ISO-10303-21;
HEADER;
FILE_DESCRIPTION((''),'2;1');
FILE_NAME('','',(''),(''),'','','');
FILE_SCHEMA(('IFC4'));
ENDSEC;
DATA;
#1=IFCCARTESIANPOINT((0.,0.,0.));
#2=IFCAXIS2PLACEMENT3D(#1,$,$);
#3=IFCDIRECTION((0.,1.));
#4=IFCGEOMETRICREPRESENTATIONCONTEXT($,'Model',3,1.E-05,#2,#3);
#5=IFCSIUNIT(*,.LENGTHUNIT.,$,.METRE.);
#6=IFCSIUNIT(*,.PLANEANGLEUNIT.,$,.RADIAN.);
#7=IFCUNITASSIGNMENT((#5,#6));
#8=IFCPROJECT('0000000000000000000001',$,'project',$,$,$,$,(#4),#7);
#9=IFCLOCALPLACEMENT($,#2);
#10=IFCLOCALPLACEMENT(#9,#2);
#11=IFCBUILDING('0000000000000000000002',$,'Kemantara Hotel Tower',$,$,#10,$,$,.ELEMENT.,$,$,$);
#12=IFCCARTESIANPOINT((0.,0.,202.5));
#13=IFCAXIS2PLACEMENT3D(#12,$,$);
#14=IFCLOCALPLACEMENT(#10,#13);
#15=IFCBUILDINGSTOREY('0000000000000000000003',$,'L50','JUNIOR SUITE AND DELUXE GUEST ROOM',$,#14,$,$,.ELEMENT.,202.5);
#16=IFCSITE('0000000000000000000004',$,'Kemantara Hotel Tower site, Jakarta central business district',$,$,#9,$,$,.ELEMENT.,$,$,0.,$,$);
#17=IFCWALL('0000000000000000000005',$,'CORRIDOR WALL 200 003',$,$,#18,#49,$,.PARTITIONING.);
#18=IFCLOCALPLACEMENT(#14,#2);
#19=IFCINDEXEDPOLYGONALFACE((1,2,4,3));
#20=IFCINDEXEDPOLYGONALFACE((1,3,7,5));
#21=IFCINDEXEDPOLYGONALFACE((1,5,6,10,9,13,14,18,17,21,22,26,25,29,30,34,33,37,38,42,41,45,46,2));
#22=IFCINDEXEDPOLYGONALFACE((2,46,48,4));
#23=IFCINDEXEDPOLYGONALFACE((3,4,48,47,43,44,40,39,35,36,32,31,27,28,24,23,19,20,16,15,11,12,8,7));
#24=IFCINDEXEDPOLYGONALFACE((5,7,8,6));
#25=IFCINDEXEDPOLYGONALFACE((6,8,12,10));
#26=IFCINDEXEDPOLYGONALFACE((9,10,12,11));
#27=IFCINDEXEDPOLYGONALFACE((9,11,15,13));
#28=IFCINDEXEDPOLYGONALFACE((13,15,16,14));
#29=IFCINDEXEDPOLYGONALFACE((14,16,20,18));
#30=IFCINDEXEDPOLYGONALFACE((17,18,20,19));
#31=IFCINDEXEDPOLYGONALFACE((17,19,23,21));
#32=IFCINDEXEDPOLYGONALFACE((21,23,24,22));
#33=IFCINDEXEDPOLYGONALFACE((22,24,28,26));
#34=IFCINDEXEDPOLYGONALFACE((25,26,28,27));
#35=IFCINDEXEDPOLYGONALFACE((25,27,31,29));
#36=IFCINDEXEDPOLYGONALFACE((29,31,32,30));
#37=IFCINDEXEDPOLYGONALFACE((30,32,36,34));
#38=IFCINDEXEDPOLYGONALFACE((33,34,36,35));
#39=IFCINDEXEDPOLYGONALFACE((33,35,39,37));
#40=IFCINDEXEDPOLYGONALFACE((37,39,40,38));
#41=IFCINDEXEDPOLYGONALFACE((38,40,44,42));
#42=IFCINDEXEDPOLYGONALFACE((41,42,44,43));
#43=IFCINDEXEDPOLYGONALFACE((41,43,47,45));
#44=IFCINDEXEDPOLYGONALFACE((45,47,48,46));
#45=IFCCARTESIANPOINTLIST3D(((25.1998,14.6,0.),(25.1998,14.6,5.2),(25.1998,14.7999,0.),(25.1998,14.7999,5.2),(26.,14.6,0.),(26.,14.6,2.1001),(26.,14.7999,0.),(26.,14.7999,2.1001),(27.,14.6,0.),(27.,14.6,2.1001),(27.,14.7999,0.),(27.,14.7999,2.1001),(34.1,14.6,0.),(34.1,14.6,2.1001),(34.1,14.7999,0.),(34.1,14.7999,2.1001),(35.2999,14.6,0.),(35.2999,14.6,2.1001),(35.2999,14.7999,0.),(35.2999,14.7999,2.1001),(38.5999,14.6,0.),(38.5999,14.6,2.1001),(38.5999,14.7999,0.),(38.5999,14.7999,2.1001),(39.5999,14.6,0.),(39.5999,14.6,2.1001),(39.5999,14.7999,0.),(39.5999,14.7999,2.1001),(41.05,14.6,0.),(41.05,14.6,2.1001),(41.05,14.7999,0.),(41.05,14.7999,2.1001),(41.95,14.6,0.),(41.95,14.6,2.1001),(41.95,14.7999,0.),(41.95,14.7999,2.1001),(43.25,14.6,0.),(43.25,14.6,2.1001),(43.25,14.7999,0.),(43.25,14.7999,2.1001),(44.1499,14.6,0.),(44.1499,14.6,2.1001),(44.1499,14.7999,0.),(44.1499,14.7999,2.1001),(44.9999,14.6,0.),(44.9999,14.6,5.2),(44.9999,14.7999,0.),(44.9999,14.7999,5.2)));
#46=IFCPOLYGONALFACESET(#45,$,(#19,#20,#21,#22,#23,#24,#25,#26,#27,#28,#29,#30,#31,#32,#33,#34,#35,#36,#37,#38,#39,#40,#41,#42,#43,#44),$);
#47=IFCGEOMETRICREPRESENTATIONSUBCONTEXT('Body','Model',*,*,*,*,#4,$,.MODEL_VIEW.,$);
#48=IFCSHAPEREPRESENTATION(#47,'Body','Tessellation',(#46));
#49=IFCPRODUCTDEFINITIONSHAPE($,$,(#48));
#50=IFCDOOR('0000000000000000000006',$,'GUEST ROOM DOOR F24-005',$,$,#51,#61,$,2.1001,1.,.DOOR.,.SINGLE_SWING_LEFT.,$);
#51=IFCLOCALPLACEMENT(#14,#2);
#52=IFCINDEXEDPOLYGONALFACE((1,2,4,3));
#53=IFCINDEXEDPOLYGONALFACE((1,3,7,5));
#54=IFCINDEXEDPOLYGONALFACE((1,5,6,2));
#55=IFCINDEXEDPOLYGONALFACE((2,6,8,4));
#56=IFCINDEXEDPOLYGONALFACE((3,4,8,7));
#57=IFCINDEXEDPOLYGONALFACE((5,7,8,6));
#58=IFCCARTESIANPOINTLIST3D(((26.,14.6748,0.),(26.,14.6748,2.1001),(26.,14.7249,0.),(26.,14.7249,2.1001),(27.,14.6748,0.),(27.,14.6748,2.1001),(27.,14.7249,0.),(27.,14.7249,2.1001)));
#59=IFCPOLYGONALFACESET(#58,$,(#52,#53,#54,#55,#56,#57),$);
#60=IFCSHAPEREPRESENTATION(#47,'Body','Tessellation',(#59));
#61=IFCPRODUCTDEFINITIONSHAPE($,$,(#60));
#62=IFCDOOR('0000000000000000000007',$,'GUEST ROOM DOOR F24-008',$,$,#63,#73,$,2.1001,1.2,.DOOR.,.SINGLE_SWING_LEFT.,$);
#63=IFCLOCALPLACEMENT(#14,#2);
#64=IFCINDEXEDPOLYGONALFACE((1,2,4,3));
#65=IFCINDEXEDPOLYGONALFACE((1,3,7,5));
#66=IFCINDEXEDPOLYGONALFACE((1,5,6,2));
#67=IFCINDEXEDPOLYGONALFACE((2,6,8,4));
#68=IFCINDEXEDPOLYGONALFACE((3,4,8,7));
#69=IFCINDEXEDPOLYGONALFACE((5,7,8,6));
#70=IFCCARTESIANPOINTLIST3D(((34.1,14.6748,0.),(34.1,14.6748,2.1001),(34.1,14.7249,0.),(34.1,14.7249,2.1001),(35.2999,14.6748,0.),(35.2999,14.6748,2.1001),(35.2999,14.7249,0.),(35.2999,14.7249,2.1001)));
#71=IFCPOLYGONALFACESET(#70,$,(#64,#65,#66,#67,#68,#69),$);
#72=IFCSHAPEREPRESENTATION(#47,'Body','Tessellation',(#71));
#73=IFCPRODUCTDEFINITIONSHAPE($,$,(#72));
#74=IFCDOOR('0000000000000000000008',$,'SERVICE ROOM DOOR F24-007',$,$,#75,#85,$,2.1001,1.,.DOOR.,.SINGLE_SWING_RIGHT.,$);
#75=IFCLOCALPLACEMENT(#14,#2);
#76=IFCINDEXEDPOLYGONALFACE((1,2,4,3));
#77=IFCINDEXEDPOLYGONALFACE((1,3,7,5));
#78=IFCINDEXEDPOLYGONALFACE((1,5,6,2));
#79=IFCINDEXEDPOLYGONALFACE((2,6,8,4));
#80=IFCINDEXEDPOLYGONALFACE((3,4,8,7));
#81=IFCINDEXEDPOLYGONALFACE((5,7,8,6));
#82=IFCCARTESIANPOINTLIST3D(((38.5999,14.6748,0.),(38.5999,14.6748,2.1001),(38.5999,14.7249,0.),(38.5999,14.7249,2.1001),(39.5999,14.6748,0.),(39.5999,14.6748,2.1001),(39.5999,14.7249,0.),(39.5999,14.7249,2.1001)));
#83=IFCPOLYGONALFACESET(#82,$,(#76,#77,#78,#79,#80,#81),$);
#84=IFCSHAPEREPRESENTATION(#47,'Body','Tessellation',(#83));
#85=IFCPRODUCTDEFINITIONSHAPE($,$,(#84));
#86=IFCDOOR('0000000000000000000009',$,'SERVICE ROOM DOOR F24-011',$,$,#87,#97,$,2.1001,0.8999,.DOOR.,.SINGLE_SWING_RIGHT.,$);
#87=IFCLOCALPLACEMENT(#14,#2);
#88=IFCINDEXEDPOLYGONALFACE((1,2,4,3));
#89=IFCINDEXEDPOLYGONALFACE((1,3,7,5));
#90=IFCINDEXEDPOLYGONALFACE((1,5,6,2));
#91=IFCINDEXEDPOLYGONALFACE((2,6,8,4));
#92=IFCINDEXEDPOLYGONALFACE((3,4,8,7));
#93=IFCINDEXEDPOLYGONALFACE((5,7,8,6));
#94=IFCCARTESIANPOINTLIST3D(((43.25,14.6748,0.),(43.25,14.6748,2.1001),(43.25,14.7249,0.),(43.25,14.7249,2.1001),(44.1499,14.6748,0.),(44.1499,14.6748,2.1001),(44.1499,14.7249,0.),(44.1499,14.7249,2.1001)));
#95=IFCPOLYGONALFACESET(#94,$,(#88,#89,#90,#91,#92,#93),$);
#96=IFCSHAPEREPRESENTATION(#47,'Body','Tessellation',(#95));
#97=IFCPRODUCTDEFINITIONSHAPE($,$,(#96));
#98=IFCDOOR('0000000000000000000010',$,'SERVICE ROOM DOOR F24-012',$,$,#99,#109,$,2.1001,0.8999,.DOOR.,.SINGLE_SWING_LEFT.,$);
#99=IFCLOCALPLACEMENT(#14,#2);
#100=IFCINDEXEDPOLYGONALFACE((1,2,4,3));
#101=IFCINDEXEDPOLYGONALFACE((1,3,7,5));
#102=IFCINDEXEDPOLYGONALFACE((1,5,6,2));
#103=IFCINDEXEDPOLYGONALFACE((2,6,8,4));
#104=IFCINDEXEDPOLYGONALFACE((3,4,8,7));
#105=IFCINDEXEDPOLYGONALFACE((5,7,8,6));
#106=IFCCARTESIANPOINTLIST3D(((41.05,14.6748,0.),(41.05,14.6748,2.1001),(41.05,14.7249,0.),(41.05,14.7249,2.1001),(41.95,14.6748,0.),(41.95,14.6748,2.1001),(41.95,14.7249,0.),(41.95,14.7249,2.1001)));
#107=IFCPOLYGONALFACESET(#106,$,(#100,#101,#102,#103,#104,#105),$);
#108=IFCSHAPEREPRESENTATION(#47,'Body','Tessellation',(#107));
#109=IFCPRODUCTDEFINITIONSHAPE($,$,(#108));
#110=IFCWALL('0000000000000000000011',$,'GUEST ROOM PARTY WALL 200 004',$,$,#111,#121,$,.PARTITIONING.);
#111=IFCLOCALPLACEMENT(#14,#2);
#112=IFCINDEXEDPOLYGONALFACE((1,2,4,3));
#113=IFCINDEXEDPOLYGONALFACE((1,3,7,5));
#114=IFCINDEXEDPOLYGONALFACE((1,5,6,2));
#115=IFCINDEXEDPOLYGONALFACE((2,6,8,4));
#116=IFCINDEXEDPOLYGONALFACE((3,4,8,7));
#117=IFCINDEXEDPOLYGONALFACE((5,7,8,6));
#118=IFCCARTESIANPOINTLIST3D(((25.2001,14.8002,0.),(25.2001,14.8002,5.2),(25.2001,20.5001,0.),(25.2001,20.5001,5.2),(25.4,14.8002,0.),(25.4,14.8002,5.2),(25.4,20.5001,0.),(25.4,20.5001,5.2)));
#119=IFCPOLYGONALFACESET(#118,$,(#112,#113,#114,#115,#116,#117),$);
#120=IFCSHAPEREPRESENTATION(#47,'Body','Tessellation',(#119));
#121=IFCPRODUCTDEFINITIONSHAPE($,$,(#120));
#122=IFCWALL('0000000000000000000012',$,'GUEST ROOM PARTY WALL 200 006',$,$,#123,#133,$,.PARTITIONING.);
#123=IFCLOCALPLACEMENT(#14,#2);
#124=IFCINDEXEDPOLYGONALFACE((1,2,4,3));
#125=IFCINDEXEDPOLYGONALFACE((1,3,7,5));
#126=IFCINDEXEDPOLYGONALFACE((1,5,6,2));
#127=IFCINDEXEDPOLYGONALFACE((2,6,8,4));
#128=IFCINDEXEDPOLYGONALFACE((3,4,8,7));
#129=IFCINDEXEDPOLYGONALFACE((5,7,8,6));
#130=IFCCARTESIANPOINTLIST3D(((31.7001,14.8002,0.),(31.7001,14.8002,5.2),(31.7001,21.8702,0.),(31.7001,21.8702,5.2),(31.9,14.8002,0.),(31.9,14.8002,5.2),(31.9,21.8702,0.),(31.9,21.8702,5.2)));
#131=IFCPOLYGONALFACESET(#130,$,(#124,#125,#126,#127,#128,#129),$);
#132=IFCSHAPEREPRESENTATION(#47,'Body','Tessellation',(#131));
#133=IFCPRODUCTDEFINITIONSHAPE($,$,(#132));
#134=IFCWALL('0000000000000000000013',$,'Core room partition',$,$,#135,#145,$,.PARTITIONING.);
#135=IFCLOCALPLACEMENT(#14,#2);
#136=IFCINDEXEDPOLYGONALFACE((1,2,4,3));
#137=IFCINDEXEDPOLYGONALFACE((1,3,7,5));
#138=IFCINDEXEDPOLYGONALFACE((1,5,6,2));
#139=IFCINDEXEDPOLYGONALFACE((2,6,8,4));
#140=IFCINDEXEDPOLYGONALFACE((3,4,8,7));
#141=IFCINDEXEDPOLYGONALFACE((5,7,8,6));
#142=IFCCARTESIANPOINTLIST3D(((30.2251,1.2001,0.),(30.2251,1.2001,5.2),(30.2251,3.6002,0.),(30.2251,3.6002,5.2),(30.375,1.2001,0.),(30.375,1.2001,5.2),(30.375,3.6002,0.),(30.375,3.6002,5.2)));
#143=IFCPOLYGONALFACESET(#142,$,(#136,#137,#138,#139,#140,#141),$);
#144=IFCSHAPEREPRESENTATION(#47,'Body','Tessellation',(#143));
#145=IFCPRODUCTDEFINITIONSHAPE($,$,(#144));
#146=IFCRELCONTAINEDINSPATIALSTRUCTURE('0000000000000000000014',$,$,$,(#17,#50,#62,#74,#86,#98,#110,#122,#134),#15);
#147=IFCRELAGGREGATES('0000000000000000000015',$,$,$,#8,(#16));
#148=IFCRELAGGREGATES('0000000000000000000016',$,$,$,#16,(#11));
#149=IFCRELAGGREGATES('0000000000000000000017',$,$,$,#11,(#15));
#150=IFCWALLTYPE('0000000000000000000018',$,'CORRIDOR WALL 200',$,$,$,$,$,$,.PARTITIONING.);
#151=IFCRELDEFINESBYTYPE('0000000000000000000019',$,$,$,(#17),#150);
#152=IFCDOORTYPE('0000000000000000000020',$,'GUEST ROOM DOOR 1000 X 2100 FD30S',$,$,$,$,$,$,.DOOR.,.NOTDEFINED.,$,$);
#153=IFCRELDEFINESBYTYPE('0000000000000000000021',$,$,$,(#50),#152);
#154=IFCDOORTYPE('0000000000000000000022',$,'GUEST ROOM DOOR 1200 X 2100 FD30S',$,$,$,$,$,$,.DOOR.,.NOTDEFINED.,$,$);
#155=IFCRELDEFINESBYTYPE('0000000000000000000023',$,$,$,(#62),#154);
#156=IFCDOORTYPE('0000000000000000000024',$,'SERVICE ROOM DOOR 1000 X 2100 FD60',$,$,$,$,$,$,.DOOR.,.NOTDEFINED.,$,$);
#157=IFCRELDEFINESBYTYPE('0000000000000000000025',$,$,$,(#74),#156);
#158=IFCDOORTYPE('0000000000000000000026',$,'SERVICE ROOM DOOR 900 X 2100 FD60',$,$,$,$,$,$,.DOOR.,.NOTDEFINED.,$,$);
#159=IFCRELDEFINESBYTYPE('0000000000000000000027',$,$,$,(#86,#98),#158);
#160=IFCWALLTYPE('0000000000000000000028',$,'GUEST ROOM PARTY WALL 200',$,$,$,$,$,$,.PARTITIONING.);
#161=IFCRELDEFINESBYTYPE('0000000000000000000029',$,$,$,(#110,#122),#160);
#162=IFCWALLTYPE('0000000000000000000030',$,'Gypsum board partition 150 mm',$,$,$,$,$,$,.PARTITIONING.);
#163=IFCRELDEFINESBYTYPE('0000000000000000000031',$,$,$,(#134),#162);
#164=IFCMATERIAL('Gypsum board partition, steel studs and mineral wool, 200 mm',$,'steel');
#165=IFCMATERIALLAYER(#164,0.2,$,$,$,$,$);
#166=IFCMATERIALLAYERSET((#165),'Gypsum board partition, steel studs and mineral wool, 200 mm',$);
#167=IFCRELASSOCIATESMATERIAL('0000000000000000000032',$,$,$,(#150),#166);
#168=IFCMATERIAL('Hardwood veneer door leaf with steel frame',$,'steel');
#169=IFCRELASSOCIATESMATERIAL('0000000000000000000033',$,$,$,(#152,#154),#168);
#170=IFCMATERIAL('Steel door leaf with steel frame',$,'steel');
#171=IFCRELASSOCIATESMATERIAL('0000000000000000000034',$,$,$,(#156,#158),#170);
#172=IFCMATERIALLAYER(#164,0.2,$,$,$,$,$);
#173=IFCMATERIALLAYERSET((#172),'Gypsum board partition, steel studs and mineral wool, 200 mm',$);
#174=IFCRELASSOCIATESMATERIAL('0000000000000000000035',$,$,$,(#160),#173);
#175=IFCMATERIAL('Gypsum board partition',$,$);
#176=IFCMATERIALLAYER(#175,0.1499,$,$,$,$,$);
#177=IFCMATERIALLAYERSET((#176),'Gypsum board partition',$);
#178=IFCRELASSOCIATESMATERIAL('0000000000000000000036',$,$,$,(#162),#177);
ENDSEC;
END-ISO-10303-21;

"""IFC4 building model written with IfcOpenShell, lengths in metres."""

from ifc_helpers import new_model, si_unit, direction, frame, frame_2d, origin, place, context, subcontext, project, spatial, rectangle, extrude, material, layer, layer_set, type_object, element, fill, save


model = new_model("IFC4")

# Units and contexts
model_context = context("Model", 3, precision=1e-05, world=origin(), true_north=direction((0.0, 1.0)))
body_context = subcontext(model_context, "Body", "Model", "MODEL_VIEW")
ifc_project = project(units=[si_unit("LENGTHUNIT", "METRE"), si_unit("PLANEANGLEUNIT", "RADIAN")], contexts=[model_context])

# Site, building, storey
site_placement = place(None, origin())
site = spatial("IfcSite", under=ifc_project, at=site_placement, Name="Kemantara Hotel Tower site, Jakarta central business district", CompositionType="ELEMENT", RefElevation=0.0)
building_placement = place(site_placement, origin())
building = spatial("IfcBuilding", under=site, at=building_placement, Name="Kemantara Hotel Tower", CompositionType="ELEMENT")
storey_placement = place(building_placement, frame((0.0, 0.0, 202.5)))
storey = spatial("IfcBuildingStorey", under=building, at=storey_placement, Name="L50", Description="JUNIOR SUITE AND DELUXE GUEST ROOM", CompositionType="ELEMENT", Elevation=202.5)

# Wall, openings, doors
ifc_material_1 = material(Name="Gypsum board partition, steel studs and mineral wool, 200 mm", Category="steel")
ifc_layer_1 = layer(ifc_material_1, 0.2)
ifc_layer_set_1 = layer_set([ifc_layer_1], Name="Gypsum board partition, steel studs and mineral wool, 200 mm")
wall_type_1 = type_object("IfcWallType", Name="CORRIDOR WALL 200", PredefinedType="PARTITIONING", material=ifc_layer_set_1)
wall_1_placement = place(storey_placement, frame((25.2, 14.7, 0.0), z_axis=(0.0, 0.0, 1.0), x_axis=(1.0, 0.0, 0.0)))
wall_1 = element("IfcWall", 1, at=wall_1_placement, inside=storey, type_object=wall_type_1, Name="CORRIDOR WALL 200 003", PredefinedType="PARTITIONING", context=body_context, shape_type="SweptSolid", body=[
    extrude(rectangle(XDim=19.8, YDim=0.2, at=frame_2d((9.8999, 0.0))), origin(), (0.0, 0.0, 1.0), 5.2),
])
opening_1_placement = place(wall_1_placement, frame((0.8, 0.0, 0.0)))
opening_1 = element("IfcOpeningElement", 2, at=opening_1_placement, cuts=wall_1, PredefinedType="OPENING", context=body_context, shape_type="SweptSolid", body=[
    extrude(rectangle(XDim=1.0, YDim=2.1001, at=frame_2d((0.5, 1.05))), frame((0.0, 0.1099, 0.0), z_axis=(0.0, -1.0, 0.0), x_axis=(1.0, 0.0, 0.0)), (0.0, 0.0, 1.0), 0.22),
])
opening_2_placement = place(wall_1_placement, frame((13.3999, 0.0, 0.0)))
opening_2 = element("IfcOpeningElement", 3, at=opening_2_placement, cuts=wall_1, PredefinedType="OPENING", context=body_context, shape_type="SweptSolid", body=[
    extrude(rectangle(XDim=1.0, YDim=2.1001, at=frame_2d((0.5, 1.05))), frame((0.0, 0.1099, 0.0), z_axis=(0.0, -1.0, 0.0), x_axis=(1.0, 0.0, 0.0)), (0.0, 0.0, 1.0), 0.22),
])
opening_3_placement = place(wall_1_placement, frame((8.8999, 0.0, 0.0)))
opening_3 = element("IfcOpeningElement", 4, at=opening_3_placement, cuts=wall_1, PredefinedType="OPENING", context=body_context, shape_type="SweptSolid", body=[
    extrude(rectangle(XDim=1.2, YDim=2.1001, at=frame_2d((0.6001, 1.05))), frame((0.0, 0.1099, 0.0), z_axis=(0.0, -1.0, 0.0), x_axis=(1.0, 0.0, 0.0)), (0.0, 0.0, 1.0), 0.22),
])
opening_4_placement = place(wall_1_placement, frame((18.05, 0.0, 0.0)))
opening_4 = element("IfcOpeningElement", 5, at=opening_4_placement, cuts=wall_1, PredefinedType="OPENING", context=body_context, shape_type="SweptSolid", body=[
    extrude(rectangle(XDim=0.8999, YDim=2.1001, at=frame_2d((0.45, 1.05))), frame((0.0, 0.1099, 0.0), z_axis=(0.0, -1.0, 0.0), x_axis=(1.0, 0.0, 0.0)), (0.0, 0.0, 1.0), 0.22),
])
opening_5_placement = place(wall_1_placement, frame((15.8501, 0.0, 0.0)))
opening_5 = element("IfcOpeningElement", 6, at=opening_5_placement, cuts=wall_1, PredefinedType="OPENING", context=body_context, shape_type="SweptSolid", body=[
    extrude(rectangle(XDim=0.8999, YDim=2.1001, at=frame_2d((0.45, 1.05))), frame((0.0, 0.1099, 0.0), z_axis=(0.0, -1.0, 0.0), x_axis=(1.0, 0.0, 0.0)), (0.0, 0.0, 1.0), 0.22),
])
ifc_material_2 = material(Name="Hardwood veneer door leaf with steel frame", Category="steel")
door_type_1 = type_object("IfcDoorType", Name="GUEST ROOM DOOR 1000 X 2100 FD30S", OperationType="NOTDEFINED", PredefinedType="DOOR", material=ifc_material_2)
door_1_placement = place(opening_1_placement, origin())
door_1 = element("IfcDoor", 7, at=door_1_placement, inside=storey, type_object=door_type_1, Name="GUEST ROOM DOOR F24-005", OperationType="SINGLE_SWING_LEFT", OverallHeight=2.1001, OverallWidth=1.0, PredefinedType="DOOR", context=body_context, shape_type="SweptSolid", body=[
    extrude(rectangle(XDim=1.0, YDim=2.1001, at=frame_2d((0.5, 1.05))), frame((0.0, 0.0249, 0.0), z_axis=(0.0, -1.0, 0.0), x_axis=(1.0, 0.0, 0.0)), (0.0, 0.0, 1.0), 0.05),
])
fill(opening_1, door_1)
door_type_2 = type_object("IfcDoorType", Name="GUEST ROOM DOOR 1200 X 2100 FD30S", OperationType="NOTDEFINED", PredefinedType="DOOR", material=ifc_material_2)
door_2_placement = place(opening_3_placement, origin())
door_2 = element("IfcDoor", 8, at=door_2_placement, inside=storey, type_object=door_type_2, Name="GUEST ROOM DOOR F24-008", OperationType="SINGLE_SWING_LEFT", OverallHeight=2.1001, OverallWidth=1.2, PredefinedType="DOOR", context=body_context, shape_type="SweptSolid", body=[
    extrude(rectangle(XDim=1.2, YDim=2.1001, at=frame_2d((0.6001, 1.05))), frame((0.0, 0.0249, 0.0), z_axis=(0.0, -1.0, 0.0), x_axis=(1.0, 0.0, 0.0)), (0.0, 0.0, 1.0), 0.05),
])
fill(opening_3, door_2)
ifc_material_3 = material(Name="Steel door leaf with steel frame", Category="steel")
door_type_3 = type_object("IfcDoorType", Name="SERVICE ROOM DOOR 1000 X 2100 FD60", OperationType="NOTDEFINED", PredefinedType="DOOR", material=ifc_material_3)
door_3_placement = place(opening_2_placement, origin())
door_3 = element("IfcDoor", 9, at=door_3_placement, inside=storey, type_object=door_type_3, Name="SERVICE ROOM DOOR F24-007", OperationType="SINGLE_SWING_RIGHT", OverallHeight=2.1001, OverallWidth=1.0, PredefinedType="DOOR", context=body_context, shape_type="SweptSolid", body=[
    extrude(rectangle(XDim=1.0, YDim=2.1001, at=frame_2d((0.5, 1.05))), frame((0.0, 0.0249, 0.0), z_axis=(0.0, -1.0, 0.0), x_axis=(1.0, 0.0, 0.0)), (0.0, 0.0, 1.0), 0.05),
])
fill(opening_2, door_3)
door_type_4 = type_object("IfcDoorType", Name="SERVICE ROOM DOOR 900 X 2100 FD60", OperationType="NOTDEFINED", PredefinedType="DOOR", material=ifc_material_3)
door_4_placement = place(opening_4_placement, origin())
door_4 = element("IfcDoor", 10, at=door_4_placement, inside=storey, type_object=door_type_4, Name="SERVICE ROOM DOOR F24-011", OperationType="SINGLE_SWING_RIGHT", OverallHeight=2.1001, OverallWidth=0.8999, PredefinedType="DOOR", context=body_context, shape_type="SweptSolid", body=[
    extrude(rectangle(XDim=0.8999, YDim=2.1001, at=frame_2d((0.45, 1.05))), frame((0.0, 0.0249, 0.0), z_axis=(0.0, -1.0, 0.0), x_axis=(1.0, 0.0, 0.0)), (0.0, 0.0, 1.0), 0.05),
])
fill(opening_4, door_4)
door_5_placement = place(opening_5_placement, origin())
door_5 = element("IfcDoor", 11, at=door_5_placement, inside=storey, type_object=door_type_4, Name="SERVICE ROOM DOOR F24-012", OperationType="SINGLE_SWING_LEFT", OverallHeight=2.1001, OverallWidth=0.8999, PredefinedType="DOOR", context=body_context, shape_type="SweptSolid", body=[
    extrude(rectangle(XDim=0.8999, YDim=2.1001, at=frame_2d((0.45, 1.05))), frame((0.0, 0.0249, 0.0), z_axis=(0.0, -1.0, 0.0), x_axis=(1.0, 0.0, 0.0)), (0.0, 0.0, 1.0), 0.05),
])
fill(opening_5, door_5)

# Walls
ifc_layer_2 = layer(ifc_material_1, 0.2)
ifc_layer_set_2 = layer_set([ifc_layer_2], Name="Gypsum board partition, steel studs and mineral wool, 200 mm")
wall_type_2 = type_object("IfcWallType", Name="GUEST ROOM PARTY WALL 200", PredefinedType="PARTITIONING", material=ifc_layer_set_2)
wall_2_placement = place(storey_placement, frame((25.3, 14.8, 0.0), z_axis=(0.0, 0.0, 1.0), x_axis=(0.0, 1.0, 0.0)))
element("IfcWall", 12, at=wall_2_placement, inside=storey, type_object=wall_type_2, Name="GUEST ROOM PARTY WALL 200 004", PredefinedType="PARTITIONING", context=body_context, shape_type="SweptSolid", body=[
    extrude(rectangle(XDim=5.7, YDim=0.2, at=frame_2d((2.8501, 0.0))), origin(), (0.0, 0.0, 1.0), 5.2),
])
wall_3_placement = place(storey_placement, frame((31.8, 14.8, 0.0), z_axis=(0.0, 0.0, 1.0), x_axis=(0.0, 1.0, 0.0)))
element("IfcWall", 13, at=wall_3_placement, inside=storey, type_object=wall_type_2, Name="GUEST ROOM PARTY WALL 200 006", PredefinedType="PARTITIONING", context=body_context, shape_type="SweptSolid", body=[
    extrude(rectangle(XDim=7.0701, YDim=0.2, at=frame_2d((3.5352, 0.0))), origin(), (0.0, 0.0, 1.0), 5.2),
])
ifc_material_4 = material(Name="Gypsum board partition")
ifc_layer_3 = layer(ifc_material_4, 0.1499)
ifc_layer_set_3 = layer_set([ifc_layer_3], Name="Gypsum board partition")
wall_type_3 = type_object("IfcWallType", Name="Gypsum board partition 150 mm", PredefinedType="PARTITIONING", material=ifc_layer_set_3)
wall_4_placement = place(storey_placement, frame((30.3, 1.2, 0.0), z_axis=(0.0, 0.0, 1.0), x_axis=(0.0, 1.0, 0.0)))
element("IfcWall", 14, at=wall_4_placement, inside=storey, type_object=wall_type_3, Name="Core room partition", PredefinedType="PARTITIONING", context=body_context, shape_type="SweptSolid", body=[
    extrude(rectangle(XDim=2.4001, YDim=0.1499, at=frame_2d((1.2002, 0.0))), origin(), (0.0, 0.0, 1.0), 5.2),
])

save(model, "model.ifc")
